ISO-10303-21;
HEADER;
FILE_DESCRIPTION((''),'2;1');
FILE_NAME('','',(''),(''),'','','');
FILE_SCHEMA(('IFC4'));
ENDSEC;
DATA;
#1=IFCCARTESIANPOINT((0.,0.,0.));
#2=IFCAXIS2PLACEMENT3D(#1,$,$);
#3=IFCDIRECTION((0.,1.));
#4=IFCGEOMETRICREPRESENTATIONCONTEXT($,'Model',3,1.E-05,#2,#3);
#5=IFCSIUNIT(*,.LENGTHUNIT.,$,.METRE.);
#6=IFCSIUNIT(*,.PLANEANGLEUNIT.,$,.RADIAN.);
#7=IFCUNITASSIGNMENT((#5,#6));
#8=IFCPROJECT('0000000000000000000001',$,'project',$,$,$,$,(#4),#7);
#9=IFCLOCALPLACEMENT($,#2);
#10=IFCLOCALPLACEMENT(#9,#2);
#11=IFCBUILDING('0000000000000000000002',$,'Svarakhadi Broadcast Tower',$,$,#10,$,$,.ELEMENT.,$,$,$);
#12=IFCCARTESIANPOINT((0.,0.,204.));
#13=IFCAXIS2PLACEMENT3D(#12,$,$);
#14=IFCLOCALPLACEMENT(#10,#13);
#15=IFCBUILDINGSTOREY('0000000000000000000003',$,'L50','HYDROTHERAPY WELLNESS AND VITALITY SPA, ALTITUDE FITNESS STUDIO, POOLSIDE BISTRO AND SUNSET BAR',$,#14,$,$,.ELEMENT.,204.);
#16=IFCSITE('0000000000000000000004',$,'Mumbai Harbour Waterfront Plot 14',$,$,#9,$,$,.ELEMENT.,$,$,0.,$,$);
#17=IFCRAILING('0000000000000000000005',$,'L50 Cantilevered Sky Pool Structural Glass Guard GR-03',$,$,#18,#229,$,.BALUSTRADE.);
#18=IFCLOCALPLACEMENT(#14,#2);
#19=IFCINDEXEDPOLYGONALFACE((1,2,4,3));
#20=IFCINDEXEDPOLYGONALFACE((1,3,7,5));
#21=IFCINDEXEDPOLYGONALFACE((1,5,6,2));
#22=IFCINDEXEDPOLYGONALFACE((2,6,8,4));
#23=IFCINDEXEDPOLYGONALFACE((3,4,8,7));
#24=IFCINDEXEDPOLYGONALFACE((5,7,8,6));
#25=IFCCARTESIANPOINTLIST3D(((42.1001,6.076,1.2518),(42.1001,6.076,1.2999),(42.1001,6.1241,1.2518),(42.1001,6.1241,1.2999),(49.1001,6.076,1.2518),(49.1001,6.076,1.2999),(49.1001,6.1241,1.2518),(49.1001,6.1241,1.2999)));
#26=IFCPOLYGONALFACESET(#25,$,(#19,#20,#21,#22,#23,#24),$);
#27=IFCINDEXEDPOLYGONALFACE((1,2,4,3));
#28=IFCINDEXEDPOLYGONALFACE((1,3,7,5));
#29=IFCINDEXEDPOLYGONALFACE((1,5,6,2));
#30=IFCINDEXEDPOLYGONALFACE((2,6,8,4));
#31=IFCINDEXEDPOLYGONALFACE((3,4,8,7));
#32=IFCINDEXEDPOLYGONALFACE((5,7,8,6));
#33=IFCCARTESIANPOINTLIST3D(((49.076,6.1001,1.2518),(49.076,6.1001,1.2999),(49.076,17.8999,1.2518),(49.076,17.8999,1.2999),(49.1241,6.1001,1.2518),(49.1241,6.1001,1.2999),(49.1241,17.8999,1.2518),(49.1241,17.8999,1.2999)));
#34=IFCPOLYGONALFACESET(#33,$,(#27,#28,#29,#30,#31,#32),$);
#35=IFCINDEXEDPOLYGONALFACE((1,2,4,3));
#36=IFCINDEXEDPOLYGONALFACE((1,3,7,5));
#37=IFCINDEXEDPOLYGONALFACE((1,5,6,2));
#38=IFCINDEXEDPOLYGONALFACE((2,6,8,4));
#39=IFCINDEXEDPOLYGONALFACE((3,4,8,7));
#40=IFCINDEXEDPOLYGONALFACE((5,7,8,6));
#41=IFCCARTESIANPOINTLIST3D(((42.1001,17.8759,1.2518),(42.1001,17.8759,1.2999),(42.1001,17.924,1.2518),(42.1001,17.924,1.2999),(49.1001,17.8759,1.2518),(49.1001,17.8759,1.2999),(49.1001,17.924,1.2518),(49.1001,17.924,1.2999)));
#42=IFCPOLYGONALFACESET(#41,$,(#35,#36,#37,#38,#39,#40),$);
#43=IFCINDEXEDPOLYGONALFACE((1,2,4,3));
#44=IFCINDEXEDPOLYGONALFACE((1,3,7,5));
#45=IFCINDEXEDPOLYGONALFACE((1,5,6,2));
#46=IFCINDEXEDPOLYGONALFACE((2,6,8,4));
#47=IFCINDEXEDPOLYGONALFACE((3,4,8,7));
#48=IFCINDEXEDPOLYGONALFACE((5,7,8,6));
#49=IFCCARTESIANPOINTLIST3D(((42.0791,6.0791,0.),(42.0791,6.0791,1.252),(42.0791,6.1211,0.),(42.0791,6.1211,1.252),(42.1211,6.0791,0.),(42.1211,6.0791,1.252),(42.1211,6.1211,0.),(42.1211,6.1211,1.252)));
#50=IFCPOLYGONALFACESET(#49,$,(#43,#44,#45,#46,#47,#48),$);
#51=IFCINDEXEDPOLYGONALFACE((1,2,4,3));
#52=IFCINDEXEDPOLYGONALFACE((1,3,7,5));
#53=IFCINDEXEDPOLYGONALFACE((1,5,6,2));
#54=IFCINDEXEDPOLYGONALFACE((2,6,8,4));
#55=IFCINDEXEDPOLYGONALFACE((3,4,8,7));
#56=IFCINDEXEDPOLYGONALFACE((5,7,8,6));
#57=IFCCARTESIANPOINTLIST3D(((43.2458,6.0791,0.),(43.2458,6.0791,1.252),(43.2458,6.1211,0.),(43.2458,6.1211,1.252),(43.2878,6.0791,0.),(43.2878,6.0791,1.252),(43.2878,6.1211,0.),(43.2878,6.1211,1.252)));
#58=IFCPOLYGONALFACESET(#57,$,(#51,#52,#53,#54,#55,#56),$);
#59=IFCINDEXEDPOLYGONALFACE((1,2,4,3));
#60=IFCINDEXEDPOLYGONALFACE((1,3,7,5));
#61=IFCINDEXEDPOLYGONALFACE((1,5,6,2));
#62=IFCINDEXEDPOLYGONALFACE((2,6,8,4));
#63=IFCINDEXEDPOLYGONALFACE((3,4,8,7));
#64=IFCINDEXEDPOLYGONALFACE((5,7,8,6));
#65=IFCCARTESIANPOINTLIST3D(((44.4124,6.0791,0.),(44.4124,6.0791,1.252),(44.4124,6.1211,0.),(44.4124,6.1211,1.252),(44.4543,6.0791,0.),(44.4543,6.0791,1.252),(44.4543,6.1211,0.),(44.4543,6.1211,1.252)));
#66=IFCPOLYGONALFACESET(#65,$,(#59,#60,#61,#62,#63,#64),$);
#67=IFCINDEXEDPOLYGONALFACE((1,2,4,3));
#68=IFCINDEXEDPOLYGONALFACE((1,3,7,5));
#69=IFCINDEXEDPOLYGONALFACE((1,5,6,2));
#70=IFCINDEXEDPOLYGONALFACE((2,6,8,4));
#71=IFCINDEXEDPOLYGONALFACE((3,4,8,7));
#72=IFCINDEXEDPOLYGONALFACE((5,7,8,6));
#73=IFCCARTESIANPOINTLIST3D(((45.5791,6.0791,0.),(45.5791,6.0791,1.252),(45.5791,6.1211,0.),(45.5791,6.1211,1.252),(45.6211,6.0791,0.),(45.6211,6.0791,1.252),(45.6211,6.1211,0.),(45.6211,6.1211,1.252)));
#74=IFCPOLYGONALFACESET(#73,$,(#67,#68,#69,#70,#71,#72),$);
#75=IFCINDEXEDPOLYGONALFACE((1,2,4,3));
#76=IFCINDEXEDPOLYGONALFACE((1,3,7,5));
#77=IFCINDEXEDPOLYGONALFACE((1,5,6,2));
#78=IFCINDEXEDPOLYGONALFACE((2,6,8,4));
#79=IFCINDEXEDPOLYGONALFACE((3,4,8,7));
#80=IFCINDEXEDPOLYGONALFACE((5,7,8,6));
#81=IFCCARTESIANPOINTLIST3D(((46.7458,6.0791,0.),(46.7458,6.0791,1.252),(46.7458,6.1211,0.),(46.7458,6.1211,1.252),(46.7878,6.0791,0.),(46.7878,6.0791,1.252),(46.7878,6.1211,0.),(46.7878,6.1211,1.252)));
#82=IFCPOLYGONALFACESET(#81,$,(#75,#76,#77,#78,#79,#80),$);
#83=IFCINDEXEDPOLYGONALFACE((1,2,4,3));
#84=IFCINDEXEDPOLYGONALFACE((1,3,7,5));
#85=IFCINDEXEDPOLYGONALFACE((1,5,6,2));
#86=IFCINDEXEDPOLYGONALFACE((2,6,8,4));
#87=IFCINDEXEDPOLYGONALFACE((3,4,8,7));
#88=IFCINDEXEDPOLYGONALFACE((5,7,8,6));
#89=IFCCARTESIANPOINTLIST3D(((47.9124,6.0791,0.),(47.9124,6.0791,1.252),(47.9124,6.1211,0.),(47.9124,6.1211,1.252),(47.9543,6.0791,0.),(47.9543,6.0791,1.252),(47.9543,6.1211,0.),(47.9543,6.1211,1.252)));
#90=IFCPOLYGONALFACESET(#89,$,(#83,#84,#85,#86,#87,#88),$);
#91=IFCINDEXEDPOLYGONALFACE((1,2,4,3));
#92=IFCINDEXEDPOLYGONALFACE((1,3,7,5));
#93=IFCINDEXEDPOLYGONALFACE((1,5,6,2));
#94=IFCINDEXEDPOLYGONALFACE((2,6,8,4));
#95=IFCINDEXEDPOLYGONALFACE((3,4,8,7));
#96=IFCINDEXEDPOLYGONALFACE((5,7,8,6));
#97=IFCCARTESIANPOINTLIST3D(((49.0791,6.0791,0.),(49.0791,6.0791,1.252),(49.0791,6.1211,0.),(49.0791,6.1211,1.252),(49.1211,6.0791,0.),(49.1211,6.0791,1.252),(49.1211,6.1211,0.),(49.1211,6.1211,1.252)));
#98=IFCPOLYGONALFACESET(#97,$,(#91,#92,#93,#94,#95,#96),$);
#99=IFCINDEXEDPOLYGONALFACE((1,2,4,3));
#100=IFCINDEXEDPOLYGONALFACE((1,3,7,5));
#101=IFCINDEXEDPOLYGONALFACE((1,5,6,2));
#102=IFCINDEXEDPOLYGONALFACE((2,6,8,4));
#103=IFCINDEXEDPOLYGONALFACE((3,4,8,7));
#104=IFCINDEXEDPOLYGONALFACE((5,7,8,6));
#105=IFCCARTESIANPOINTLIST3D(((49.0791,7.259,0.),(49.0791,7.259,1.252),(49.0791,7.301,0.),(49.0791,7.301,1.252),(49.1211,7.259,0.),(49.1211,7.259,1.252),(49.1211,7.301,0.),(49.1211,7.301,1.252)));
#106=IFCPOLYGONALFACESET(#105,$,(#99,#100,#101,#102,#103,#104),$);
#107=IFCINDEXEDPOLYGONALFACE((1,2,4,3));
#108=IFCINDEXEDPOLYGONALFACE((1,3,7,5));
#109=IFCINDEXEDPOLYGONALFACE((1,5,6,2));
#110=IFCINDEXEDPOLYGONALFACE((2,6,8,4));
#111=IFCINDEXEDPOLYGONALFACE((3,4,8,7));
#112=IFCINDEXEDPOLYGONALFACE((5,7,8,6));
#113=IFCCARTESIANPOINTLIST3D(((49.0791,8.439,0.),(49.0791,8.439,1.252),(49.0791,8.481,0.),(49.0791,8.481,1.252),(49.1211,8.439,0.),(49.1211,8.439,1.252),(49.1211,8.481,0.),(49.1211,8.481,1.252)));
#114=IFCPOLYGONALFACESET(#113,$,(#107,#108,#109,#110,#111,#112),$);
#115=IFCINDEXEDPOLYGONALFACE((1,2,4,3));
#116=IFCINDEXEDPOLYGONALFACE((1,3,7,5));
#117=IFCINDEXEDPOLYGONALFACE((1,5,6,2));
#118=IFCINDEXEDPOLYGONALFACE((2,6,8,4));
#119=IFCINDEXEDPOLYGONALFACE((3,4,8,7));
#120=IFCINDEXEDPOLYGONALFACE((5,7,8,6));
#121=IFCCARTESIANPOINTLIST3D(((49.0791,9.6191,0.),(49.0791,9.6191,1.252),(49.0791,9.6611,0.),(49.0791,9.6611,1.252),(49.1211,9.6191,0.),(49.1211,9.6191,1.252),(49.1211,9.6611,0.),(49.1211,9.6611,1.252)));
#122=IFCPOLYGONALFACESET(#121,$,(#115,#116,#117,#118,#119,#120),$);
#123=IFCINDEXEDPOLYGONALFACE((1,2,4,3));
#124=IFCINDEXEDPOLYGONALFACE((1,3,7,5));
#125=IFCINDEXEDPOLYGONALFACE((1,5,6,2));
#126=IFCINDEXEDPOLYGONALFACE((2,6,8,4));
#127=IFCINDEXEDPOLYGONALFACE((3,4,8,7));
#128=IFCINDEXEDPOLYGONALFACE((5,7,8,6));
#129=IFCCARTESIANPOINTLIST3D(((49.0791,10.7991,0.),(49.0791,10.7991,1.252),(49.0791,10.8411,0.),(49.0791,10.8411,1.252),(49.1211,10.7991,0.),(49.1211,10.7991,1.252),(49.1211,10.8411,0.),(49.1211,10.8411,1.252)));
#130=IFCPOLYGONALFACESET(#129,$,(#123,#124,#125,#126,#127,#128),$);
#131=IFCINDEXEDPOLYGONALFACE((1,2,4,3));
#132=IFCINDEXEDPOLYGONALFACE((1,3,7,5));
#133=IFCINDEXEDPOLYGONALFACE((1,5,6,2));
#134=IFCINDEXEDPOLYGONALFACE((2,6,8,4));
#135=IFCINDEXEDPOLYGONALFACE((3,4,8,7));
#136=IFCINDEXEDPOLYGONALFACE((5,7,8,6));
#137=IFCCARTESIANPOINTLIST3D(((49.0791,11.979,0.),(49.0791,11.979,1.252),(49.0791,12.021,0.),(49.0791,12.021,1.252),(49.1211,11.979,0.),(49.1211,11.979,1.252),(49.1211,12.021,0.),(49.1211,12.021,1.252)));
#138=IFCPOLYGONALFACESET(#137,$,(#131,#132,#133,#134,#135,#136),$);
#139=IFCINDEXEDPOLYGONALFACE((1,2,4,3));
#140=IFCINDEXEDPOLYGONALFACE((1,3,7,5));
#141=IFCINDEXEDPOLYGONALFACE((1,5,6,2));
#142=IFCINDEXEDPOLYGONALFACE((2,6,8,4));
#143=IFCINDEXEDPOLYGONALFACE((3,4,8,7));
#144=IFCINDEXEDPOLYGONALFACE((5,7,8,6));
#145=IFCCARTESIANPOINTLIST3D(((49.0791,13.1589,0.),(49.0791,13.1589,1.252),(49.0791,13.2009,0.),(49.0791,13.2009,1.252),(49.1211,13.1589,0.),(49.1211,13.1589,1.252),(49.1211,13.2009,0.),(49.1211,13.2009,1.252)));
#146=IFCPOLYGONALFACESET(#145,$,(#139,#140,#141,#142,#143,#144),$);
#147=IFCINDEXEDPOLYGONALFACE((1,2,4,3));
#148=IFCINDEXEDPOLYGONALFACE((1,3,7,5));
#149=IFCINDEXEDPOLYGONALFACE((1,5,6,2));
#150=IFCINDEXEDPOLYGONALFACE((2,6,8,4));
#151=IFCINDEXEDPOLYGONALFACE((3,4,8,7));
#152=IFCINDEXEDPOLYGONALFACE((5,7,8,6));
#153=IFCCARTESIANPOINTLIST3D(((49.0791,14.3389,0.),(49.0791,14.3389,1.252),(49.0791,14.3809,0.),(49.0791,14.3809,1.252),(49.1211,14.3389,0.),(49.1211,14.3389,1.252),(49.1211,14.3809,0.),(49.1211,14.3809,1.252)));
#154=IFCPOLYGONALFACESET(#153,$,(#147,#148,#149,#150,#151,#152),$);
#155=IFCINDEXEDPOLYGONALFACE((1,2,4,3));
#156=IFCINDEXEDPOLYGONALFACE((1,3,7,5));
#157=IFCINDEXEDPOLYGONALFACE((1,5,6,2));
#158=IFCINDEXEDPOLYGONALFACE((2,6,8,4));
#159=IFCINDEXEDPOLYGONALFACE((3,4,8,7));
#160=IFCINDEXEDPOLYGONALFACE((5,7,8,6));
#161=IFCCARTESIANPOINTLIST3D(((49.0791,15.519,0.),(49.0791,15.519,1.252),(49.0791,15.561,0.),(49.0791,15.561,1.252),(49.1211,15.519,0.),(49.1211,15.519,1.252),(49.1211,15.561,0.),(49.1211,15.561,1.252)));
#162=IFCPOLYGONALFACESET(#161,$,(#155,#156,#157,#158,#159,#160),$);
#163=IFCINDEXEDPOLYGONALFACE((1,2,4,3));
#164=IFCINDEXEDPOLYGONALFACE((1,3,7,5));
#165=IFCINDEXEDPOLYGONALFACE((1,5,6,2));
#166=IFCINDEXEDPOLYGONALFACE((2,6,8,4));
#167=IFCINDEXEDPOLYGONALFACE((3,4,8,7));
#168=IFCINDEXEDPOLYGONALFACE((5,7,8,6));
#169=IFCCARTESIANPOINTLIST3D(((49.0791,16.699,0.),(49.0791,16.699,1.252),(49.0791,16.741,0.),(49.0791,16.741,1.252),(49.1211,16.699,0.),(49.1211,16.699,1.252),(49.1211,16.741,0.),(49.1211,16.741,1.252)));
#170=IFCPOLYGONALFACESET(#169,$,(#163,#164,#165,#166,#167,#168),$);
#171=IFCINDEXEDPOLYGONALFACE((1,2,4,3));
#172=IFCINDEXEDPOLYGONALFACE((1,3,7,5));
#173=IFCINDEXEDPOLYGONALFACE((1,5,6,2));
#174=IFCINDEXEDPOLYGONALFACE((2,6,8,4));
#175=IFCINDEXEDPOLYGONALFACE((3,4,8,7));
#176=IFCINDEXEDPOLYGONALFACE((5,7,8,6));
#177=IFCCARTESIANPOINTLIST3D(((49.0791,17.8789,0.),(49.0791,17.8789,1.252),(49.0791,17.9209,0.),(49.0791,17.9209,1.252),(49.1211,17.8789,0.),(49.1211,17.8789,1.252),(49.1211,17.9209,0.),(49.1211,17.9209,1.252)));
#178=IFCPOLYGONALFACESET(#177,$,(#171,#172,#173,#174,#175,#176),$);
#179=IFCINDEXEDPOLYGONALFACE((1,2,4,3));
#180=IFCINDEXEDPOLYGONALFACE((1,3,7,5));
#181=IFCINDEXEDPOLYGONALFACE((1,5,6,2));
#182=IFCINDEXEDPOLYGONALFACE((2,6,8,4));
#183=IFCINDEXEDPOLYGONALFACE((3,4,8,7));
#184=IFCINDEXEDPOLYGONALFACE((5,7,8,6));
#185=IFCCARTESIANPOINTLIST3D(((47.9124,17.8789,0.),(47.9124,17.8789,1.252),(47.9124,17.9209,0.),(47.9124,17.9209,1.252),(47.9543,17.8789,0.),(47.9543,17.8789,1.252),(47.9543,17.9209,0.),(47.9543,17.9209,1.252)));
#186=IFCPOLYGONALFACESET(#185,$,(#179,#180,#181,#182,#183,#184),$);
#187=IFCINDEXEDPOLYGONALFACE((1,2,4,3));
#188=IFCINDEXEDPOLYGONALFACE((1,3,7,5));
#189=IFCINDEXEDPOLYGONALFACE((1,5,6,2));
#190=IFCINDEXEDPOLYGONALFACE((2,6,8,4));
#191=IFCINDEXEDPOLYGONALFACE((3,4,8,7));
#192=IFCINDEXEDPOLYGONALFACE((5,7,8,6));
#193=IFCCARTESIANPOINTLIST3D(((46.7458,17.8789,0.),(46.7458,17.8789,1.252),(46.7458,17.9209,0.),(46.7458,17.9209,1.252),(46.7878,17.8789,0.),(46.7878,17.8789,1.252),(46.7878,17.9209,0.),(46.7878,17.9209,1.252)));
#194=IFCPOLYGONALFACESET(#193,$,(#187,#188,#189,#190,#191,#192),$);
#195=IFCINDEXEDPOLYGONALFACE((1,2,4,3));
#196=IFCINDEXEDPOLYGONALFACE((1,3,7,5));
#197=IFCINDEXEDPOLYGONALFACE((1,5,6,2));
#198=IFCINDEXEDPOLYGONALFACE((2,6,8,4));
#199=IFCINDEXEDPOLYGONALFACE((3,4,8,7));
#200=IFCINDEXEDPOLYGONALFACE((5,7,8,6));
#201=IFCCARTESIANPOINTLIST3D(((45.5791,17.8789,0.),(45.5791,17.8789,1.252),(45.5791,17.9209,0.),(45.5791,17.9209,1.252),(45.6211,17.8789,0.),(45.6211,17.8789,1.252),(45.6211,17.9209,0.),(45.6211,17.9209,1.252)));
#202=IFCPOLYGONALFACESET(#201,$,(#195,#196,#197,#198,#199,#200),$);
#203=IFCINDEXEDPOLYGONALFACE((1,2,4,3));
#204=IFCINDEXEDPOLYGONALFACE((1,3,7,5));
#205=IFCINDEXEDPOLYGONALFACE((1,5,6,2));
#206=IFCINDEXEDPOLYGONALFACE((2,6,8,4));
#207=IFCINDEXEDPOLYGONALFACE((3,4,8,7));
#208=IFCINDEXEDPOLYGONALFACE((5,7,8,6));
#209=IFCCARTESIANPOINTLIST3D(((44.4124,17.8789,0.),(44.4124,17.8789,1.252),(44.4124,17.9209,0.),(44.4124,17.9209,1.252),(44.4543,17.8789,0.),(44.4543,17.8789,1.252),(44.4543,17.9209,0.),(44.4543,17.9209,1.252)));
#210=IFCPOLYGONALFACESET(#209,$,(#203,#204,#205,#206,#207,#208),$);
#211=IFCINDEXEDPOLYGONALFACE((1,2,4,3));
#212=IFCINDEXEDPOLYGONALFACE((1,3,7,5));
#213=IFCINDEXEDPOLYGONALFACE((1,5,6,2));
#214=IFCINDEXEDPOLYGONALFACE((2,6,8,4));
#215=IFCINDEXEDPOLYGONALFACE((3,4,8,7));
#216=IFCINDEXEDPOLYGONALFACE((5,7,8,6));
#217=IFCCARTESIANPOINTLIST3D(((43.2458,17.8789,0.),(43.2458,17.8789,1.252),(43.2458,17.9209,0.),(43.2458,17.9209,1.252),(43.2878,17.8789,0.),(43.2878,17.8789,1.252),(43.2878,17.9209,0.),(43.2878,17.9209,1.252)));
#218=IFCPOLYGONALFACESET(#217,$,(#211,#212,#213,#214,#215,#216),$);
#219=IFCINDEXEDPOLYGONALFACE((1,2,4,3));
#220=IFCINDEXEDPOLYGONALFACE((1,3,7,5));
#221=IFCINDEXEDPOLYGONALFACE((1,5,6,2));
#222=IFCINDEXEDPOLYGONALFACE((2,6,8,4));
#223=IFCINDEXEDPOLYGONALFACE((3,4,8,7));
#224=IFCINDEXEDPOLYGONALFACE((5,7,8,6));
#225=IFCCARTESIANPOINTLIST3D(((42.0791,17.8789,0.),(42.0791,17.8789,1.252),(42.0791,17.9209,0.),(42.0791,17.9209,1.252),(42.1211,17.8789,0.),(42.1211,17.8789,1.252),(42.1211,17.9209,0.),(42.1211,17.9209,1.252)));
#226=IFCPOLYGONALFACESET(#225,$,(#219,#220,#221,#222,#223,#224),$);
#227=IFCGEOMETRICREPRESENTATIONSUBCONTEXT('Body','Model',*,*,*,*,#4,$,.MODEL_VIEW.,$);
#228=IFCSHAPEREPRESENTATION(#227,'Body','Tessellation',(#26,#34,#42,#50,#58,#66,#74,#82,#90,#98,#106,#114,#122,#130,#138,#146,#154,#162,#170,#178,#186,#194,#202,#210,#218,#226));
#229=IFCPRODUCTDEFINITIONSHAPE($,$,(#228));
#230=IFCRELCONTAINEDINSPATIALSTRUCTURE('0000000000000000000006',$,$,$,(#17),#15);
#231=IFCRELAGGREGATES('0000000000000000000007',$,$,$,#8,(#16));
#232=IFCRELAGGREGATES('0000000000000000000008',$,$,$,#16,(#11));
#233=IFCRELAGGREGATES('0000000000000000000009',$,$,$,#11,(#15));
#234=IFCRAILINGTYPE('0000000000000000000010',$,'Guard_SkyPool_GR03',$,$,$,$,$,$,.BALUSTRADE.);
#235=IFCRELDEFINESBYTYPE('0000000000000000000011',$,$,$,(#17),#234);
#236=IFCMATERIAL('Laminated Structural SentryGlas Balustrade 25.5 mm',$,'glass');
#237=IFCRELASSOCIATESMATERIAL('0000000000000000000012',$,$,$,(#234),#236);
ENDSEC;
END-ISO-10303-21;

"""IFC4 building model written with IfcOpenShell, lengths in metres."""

from ifc_helpers import new_model, si_unit, direction, frame, origin, origin_2d, place, context, subcontext, project, spatial, rectangle, extrude, material, type_object, element, save


model = new_model("IFC4")

# Units and contexts
model_context = context("Model", 3, precision=1e-05, world=origin(), true_north=direction((0.0, 1.0)))
body_context = subcontext(model_context, "Body", "Model", "MODEL_VIEW")
ifc_project = project(units=[si_unit("LENGTHUNIT", "METRE"), si_unit("PLANEANGLEUNIT", "RADIAN")], contexts=[model_context])

# Site, building, storey
site_placement = place(None, origin())
site = spatial("IfcSite", under=ifc_project, at=site_placement, Name="Mumbai Harbour Waterfront Plot 14", CompositionType="ELEMENT", RefElevation=0.0)
building_placement = place(site_placement, origin())
building = spatial("IfcBuilding", under=site, at=building_placement, Name="Svarakhadi Broadcast Tower", CompositionType="ELEMENT")
storey_placement = place(building_placement, frame((0.0, 0.0, 204.0)))
storey = spatial("IfcBuildingStorey", under=building, at=storey_placement, Name="L50", Description="HYDROTHERAPY WELLNESS AND VITALITY SPA, ALTITUDE FITNESS STUDIO, POOLSIDE BISTRO AND SUNSET BAR", CompositionType="ELEMENT", Elevation=204.0)

# Railing
ifc_material_1 = material(Name="Laminated Structural SentryGlas Balustrade 25.5 mm", Category="glass")
railing_type = type_object("IfcRailingType", Name="Guard_SkyPool_GR03", PredefinedType="BALUSTRADE", material=ifc_material_1)
railing_placement = place(storey_placement, frame((42.1001, 6.1001, 0.0)))
element("IfcRailing", 1, at=railing_placement, inside=storey, type_object=railing_type, Name="L50 Cantilevered Sky Pool Structural Glass Guard GR-03", PredefinedType="BALUSTRADE", context=body_context, shape_type="SweptSolid", body=[
    extrude(rectangle(XDim=0.0481, YDim=0.0481, at=origin_2d()), frame((0.0, 0.0, 1.2759), z_axis=(1.0, 0.0, 0.0), x_axis=(0.0, 1.0, 0.0)), (0.0, 0.0, 1.0), 7.0),
    extrude(rectangle(XDim=0.0481, YDim=0.0481, at=origin_2d()), frame((7.0, 0.0, 1.2759), z_axis=(0.0, 1.0, 0.0), x_axis=(-1.0, 0.0, 0.0)), (0.0, 0.0, 1.0), 11.7998),
    extrude(rectangle(XDim=0.0481, YDim=0.0481, at=origin_2d()), frame((7.0, 11.7998, 1.2759), z_axis=(-1.0, 0.0, 0.0), x_axis=(0.0, -1.0, 0.0)), (0.0, 0.0, 1.0), 7.0),
    extrude(rectangle(XDim=0.042, YDim=0.042, at=origin_2d()), origin(), (0.0, 0.0, 1.0), 1.252),
    extrude(rectangle(XDim=0.042, YDim=0.042, at=origin_2d()), frame((1.1667, 0.0, 0.0)), (0.0, 0.0, 1.0), 1.252),
    extrude(rectangle(XDim=0.042, YDim=0.042, at=origin_2d()), frame((2.3333, 0.0, 0.0)), (0.0, 0.0, 1.0), 1.252),
    extrude(rectangle(XDim=0.042, YDim=0.042, at=origin_2d()), frame((3.5, 0.0, 0.0)), (0.0, 0.0, 1.0), 1.252),
    extrude(rectangle(XDim=0.042, YDim=0.042, at=origin_2d()), frame((4.6667, 0.0, 0.0)), (0.0, 0.0, 1.0), 1.252),
    extrude(rectangle(XDim=0.042, YDim=0.042, at=origin_2d()), frame((5.8333, 0.0, 0.0)), (0.0, 0.0, 1.0), 1.252),
    extrude(rectangle(XDim=0.042, YDim=0.042, at=origin_2d()), frame((7.0, 0.0, 0.0)), (0.0, 0.0, 1.0), 1.252),
    extrude(rectangle(XDim=0.042, YDim=0.042, at=origin_2d()), frame((7.0, 1.1799, 0.0)), (0.0, 0.0, 1.0), 1.252),
    extrude(rectangle(XDim=0.042, YDim=0.042, at=origin_2d()), frame((7.0, 2.3599, 0.0)), (0.0, 0.0, 1.0), 1.252),
    extrude(rectangle(XDim=0.042, YDim=0.042, at=origin_2d()), frame((7.0, 3.54, 0.0)), (0.0, 0.0, 1.0), 1.252),
    extrude(rectangle(XDim=0.042, YDim=0.042, at=origin_2d()), frame((7.0, 4.72, 0.0)), (0.0, 0.0, 1.0), 1.252),
    extrude(rectangle(XDim=0.042, YDim=0.042, at=origin_2d()), frame((7.0, 5.8999, 0.0)), (0.0, 0.0, 1.0), 1.252),
    extrude(rectangle(XDim=0.042, YDim=0.042, at=origin_2d()), frame((7.0, 7.0798, 0.0)), (0.0, 0.0, 1.0), 1.252),
    extrude(rectangle(XDim=0.042, YDim=0.042, at=origin_2d()), frame((7.0, 8.2598, 0.0)), (0.0, 0.0, 1.0), 1.252),
    extrude(rectangle(XDim=0.042, YDim=0.042, at=origin_2d()), frame((7.0, 9.4399, 0.0)), (0.0, 0.0, 1.0), 1.252),
    extrude(rectangle(XDim=0.042, YDim=0.042, at=origin_2d()), frame((7.0, 10.6199, 0.0)), (0.0, 0.0, 1.0), 1.252),
    extrude(rectangle(XDim=0.042, YDim=0.042, at=origin_2d()), frame((7.0, 11.7998, 0.0)), (0.0, 0.0, 1.0), 1.252),
    extrude(rectangle(XDim=0.042, YDim=0.042, at=origin_2d()), frame((5.8333, 11.7998, 0.0)), (0.0, 0.0, 1.0), 1.252),
    extrude(rectangle(XDim=0.042, YDim=0.042, at=origin_2d()), frame((4.6667, 11.7998, 0.0)), (0.0, 0.0, 1.0), 1.252),
    extrude(rectangle(XDim=0.042, YDim=0.042, at=origin_2d()), frame((3.5, 11.7998, 0.0)), (0.0, 0.0, 1.0), 1.252),
    extrude(rectangle(XDim=0.042, YDim=0.042, at=origin_2d()), frame((2.3333, 11.7998, 0.0)), (0.0, 0.0, 1.0), 1.252),
    extrude(rectangle(XDim=0.042, YDim=0.042, at=origin_2d()), frame((1.1667, 11.7998, 0.0)), (0.0, 0.0, 1.0), 1.252),
    extrude(rectangle(XDim=0.042, YDim=0.042, at=origin_2d()), frame((0.0, 11.7998, 0.0)), (0.0, 0.0, 1.0), 1.252),
])

save(model, "model.ifc")
